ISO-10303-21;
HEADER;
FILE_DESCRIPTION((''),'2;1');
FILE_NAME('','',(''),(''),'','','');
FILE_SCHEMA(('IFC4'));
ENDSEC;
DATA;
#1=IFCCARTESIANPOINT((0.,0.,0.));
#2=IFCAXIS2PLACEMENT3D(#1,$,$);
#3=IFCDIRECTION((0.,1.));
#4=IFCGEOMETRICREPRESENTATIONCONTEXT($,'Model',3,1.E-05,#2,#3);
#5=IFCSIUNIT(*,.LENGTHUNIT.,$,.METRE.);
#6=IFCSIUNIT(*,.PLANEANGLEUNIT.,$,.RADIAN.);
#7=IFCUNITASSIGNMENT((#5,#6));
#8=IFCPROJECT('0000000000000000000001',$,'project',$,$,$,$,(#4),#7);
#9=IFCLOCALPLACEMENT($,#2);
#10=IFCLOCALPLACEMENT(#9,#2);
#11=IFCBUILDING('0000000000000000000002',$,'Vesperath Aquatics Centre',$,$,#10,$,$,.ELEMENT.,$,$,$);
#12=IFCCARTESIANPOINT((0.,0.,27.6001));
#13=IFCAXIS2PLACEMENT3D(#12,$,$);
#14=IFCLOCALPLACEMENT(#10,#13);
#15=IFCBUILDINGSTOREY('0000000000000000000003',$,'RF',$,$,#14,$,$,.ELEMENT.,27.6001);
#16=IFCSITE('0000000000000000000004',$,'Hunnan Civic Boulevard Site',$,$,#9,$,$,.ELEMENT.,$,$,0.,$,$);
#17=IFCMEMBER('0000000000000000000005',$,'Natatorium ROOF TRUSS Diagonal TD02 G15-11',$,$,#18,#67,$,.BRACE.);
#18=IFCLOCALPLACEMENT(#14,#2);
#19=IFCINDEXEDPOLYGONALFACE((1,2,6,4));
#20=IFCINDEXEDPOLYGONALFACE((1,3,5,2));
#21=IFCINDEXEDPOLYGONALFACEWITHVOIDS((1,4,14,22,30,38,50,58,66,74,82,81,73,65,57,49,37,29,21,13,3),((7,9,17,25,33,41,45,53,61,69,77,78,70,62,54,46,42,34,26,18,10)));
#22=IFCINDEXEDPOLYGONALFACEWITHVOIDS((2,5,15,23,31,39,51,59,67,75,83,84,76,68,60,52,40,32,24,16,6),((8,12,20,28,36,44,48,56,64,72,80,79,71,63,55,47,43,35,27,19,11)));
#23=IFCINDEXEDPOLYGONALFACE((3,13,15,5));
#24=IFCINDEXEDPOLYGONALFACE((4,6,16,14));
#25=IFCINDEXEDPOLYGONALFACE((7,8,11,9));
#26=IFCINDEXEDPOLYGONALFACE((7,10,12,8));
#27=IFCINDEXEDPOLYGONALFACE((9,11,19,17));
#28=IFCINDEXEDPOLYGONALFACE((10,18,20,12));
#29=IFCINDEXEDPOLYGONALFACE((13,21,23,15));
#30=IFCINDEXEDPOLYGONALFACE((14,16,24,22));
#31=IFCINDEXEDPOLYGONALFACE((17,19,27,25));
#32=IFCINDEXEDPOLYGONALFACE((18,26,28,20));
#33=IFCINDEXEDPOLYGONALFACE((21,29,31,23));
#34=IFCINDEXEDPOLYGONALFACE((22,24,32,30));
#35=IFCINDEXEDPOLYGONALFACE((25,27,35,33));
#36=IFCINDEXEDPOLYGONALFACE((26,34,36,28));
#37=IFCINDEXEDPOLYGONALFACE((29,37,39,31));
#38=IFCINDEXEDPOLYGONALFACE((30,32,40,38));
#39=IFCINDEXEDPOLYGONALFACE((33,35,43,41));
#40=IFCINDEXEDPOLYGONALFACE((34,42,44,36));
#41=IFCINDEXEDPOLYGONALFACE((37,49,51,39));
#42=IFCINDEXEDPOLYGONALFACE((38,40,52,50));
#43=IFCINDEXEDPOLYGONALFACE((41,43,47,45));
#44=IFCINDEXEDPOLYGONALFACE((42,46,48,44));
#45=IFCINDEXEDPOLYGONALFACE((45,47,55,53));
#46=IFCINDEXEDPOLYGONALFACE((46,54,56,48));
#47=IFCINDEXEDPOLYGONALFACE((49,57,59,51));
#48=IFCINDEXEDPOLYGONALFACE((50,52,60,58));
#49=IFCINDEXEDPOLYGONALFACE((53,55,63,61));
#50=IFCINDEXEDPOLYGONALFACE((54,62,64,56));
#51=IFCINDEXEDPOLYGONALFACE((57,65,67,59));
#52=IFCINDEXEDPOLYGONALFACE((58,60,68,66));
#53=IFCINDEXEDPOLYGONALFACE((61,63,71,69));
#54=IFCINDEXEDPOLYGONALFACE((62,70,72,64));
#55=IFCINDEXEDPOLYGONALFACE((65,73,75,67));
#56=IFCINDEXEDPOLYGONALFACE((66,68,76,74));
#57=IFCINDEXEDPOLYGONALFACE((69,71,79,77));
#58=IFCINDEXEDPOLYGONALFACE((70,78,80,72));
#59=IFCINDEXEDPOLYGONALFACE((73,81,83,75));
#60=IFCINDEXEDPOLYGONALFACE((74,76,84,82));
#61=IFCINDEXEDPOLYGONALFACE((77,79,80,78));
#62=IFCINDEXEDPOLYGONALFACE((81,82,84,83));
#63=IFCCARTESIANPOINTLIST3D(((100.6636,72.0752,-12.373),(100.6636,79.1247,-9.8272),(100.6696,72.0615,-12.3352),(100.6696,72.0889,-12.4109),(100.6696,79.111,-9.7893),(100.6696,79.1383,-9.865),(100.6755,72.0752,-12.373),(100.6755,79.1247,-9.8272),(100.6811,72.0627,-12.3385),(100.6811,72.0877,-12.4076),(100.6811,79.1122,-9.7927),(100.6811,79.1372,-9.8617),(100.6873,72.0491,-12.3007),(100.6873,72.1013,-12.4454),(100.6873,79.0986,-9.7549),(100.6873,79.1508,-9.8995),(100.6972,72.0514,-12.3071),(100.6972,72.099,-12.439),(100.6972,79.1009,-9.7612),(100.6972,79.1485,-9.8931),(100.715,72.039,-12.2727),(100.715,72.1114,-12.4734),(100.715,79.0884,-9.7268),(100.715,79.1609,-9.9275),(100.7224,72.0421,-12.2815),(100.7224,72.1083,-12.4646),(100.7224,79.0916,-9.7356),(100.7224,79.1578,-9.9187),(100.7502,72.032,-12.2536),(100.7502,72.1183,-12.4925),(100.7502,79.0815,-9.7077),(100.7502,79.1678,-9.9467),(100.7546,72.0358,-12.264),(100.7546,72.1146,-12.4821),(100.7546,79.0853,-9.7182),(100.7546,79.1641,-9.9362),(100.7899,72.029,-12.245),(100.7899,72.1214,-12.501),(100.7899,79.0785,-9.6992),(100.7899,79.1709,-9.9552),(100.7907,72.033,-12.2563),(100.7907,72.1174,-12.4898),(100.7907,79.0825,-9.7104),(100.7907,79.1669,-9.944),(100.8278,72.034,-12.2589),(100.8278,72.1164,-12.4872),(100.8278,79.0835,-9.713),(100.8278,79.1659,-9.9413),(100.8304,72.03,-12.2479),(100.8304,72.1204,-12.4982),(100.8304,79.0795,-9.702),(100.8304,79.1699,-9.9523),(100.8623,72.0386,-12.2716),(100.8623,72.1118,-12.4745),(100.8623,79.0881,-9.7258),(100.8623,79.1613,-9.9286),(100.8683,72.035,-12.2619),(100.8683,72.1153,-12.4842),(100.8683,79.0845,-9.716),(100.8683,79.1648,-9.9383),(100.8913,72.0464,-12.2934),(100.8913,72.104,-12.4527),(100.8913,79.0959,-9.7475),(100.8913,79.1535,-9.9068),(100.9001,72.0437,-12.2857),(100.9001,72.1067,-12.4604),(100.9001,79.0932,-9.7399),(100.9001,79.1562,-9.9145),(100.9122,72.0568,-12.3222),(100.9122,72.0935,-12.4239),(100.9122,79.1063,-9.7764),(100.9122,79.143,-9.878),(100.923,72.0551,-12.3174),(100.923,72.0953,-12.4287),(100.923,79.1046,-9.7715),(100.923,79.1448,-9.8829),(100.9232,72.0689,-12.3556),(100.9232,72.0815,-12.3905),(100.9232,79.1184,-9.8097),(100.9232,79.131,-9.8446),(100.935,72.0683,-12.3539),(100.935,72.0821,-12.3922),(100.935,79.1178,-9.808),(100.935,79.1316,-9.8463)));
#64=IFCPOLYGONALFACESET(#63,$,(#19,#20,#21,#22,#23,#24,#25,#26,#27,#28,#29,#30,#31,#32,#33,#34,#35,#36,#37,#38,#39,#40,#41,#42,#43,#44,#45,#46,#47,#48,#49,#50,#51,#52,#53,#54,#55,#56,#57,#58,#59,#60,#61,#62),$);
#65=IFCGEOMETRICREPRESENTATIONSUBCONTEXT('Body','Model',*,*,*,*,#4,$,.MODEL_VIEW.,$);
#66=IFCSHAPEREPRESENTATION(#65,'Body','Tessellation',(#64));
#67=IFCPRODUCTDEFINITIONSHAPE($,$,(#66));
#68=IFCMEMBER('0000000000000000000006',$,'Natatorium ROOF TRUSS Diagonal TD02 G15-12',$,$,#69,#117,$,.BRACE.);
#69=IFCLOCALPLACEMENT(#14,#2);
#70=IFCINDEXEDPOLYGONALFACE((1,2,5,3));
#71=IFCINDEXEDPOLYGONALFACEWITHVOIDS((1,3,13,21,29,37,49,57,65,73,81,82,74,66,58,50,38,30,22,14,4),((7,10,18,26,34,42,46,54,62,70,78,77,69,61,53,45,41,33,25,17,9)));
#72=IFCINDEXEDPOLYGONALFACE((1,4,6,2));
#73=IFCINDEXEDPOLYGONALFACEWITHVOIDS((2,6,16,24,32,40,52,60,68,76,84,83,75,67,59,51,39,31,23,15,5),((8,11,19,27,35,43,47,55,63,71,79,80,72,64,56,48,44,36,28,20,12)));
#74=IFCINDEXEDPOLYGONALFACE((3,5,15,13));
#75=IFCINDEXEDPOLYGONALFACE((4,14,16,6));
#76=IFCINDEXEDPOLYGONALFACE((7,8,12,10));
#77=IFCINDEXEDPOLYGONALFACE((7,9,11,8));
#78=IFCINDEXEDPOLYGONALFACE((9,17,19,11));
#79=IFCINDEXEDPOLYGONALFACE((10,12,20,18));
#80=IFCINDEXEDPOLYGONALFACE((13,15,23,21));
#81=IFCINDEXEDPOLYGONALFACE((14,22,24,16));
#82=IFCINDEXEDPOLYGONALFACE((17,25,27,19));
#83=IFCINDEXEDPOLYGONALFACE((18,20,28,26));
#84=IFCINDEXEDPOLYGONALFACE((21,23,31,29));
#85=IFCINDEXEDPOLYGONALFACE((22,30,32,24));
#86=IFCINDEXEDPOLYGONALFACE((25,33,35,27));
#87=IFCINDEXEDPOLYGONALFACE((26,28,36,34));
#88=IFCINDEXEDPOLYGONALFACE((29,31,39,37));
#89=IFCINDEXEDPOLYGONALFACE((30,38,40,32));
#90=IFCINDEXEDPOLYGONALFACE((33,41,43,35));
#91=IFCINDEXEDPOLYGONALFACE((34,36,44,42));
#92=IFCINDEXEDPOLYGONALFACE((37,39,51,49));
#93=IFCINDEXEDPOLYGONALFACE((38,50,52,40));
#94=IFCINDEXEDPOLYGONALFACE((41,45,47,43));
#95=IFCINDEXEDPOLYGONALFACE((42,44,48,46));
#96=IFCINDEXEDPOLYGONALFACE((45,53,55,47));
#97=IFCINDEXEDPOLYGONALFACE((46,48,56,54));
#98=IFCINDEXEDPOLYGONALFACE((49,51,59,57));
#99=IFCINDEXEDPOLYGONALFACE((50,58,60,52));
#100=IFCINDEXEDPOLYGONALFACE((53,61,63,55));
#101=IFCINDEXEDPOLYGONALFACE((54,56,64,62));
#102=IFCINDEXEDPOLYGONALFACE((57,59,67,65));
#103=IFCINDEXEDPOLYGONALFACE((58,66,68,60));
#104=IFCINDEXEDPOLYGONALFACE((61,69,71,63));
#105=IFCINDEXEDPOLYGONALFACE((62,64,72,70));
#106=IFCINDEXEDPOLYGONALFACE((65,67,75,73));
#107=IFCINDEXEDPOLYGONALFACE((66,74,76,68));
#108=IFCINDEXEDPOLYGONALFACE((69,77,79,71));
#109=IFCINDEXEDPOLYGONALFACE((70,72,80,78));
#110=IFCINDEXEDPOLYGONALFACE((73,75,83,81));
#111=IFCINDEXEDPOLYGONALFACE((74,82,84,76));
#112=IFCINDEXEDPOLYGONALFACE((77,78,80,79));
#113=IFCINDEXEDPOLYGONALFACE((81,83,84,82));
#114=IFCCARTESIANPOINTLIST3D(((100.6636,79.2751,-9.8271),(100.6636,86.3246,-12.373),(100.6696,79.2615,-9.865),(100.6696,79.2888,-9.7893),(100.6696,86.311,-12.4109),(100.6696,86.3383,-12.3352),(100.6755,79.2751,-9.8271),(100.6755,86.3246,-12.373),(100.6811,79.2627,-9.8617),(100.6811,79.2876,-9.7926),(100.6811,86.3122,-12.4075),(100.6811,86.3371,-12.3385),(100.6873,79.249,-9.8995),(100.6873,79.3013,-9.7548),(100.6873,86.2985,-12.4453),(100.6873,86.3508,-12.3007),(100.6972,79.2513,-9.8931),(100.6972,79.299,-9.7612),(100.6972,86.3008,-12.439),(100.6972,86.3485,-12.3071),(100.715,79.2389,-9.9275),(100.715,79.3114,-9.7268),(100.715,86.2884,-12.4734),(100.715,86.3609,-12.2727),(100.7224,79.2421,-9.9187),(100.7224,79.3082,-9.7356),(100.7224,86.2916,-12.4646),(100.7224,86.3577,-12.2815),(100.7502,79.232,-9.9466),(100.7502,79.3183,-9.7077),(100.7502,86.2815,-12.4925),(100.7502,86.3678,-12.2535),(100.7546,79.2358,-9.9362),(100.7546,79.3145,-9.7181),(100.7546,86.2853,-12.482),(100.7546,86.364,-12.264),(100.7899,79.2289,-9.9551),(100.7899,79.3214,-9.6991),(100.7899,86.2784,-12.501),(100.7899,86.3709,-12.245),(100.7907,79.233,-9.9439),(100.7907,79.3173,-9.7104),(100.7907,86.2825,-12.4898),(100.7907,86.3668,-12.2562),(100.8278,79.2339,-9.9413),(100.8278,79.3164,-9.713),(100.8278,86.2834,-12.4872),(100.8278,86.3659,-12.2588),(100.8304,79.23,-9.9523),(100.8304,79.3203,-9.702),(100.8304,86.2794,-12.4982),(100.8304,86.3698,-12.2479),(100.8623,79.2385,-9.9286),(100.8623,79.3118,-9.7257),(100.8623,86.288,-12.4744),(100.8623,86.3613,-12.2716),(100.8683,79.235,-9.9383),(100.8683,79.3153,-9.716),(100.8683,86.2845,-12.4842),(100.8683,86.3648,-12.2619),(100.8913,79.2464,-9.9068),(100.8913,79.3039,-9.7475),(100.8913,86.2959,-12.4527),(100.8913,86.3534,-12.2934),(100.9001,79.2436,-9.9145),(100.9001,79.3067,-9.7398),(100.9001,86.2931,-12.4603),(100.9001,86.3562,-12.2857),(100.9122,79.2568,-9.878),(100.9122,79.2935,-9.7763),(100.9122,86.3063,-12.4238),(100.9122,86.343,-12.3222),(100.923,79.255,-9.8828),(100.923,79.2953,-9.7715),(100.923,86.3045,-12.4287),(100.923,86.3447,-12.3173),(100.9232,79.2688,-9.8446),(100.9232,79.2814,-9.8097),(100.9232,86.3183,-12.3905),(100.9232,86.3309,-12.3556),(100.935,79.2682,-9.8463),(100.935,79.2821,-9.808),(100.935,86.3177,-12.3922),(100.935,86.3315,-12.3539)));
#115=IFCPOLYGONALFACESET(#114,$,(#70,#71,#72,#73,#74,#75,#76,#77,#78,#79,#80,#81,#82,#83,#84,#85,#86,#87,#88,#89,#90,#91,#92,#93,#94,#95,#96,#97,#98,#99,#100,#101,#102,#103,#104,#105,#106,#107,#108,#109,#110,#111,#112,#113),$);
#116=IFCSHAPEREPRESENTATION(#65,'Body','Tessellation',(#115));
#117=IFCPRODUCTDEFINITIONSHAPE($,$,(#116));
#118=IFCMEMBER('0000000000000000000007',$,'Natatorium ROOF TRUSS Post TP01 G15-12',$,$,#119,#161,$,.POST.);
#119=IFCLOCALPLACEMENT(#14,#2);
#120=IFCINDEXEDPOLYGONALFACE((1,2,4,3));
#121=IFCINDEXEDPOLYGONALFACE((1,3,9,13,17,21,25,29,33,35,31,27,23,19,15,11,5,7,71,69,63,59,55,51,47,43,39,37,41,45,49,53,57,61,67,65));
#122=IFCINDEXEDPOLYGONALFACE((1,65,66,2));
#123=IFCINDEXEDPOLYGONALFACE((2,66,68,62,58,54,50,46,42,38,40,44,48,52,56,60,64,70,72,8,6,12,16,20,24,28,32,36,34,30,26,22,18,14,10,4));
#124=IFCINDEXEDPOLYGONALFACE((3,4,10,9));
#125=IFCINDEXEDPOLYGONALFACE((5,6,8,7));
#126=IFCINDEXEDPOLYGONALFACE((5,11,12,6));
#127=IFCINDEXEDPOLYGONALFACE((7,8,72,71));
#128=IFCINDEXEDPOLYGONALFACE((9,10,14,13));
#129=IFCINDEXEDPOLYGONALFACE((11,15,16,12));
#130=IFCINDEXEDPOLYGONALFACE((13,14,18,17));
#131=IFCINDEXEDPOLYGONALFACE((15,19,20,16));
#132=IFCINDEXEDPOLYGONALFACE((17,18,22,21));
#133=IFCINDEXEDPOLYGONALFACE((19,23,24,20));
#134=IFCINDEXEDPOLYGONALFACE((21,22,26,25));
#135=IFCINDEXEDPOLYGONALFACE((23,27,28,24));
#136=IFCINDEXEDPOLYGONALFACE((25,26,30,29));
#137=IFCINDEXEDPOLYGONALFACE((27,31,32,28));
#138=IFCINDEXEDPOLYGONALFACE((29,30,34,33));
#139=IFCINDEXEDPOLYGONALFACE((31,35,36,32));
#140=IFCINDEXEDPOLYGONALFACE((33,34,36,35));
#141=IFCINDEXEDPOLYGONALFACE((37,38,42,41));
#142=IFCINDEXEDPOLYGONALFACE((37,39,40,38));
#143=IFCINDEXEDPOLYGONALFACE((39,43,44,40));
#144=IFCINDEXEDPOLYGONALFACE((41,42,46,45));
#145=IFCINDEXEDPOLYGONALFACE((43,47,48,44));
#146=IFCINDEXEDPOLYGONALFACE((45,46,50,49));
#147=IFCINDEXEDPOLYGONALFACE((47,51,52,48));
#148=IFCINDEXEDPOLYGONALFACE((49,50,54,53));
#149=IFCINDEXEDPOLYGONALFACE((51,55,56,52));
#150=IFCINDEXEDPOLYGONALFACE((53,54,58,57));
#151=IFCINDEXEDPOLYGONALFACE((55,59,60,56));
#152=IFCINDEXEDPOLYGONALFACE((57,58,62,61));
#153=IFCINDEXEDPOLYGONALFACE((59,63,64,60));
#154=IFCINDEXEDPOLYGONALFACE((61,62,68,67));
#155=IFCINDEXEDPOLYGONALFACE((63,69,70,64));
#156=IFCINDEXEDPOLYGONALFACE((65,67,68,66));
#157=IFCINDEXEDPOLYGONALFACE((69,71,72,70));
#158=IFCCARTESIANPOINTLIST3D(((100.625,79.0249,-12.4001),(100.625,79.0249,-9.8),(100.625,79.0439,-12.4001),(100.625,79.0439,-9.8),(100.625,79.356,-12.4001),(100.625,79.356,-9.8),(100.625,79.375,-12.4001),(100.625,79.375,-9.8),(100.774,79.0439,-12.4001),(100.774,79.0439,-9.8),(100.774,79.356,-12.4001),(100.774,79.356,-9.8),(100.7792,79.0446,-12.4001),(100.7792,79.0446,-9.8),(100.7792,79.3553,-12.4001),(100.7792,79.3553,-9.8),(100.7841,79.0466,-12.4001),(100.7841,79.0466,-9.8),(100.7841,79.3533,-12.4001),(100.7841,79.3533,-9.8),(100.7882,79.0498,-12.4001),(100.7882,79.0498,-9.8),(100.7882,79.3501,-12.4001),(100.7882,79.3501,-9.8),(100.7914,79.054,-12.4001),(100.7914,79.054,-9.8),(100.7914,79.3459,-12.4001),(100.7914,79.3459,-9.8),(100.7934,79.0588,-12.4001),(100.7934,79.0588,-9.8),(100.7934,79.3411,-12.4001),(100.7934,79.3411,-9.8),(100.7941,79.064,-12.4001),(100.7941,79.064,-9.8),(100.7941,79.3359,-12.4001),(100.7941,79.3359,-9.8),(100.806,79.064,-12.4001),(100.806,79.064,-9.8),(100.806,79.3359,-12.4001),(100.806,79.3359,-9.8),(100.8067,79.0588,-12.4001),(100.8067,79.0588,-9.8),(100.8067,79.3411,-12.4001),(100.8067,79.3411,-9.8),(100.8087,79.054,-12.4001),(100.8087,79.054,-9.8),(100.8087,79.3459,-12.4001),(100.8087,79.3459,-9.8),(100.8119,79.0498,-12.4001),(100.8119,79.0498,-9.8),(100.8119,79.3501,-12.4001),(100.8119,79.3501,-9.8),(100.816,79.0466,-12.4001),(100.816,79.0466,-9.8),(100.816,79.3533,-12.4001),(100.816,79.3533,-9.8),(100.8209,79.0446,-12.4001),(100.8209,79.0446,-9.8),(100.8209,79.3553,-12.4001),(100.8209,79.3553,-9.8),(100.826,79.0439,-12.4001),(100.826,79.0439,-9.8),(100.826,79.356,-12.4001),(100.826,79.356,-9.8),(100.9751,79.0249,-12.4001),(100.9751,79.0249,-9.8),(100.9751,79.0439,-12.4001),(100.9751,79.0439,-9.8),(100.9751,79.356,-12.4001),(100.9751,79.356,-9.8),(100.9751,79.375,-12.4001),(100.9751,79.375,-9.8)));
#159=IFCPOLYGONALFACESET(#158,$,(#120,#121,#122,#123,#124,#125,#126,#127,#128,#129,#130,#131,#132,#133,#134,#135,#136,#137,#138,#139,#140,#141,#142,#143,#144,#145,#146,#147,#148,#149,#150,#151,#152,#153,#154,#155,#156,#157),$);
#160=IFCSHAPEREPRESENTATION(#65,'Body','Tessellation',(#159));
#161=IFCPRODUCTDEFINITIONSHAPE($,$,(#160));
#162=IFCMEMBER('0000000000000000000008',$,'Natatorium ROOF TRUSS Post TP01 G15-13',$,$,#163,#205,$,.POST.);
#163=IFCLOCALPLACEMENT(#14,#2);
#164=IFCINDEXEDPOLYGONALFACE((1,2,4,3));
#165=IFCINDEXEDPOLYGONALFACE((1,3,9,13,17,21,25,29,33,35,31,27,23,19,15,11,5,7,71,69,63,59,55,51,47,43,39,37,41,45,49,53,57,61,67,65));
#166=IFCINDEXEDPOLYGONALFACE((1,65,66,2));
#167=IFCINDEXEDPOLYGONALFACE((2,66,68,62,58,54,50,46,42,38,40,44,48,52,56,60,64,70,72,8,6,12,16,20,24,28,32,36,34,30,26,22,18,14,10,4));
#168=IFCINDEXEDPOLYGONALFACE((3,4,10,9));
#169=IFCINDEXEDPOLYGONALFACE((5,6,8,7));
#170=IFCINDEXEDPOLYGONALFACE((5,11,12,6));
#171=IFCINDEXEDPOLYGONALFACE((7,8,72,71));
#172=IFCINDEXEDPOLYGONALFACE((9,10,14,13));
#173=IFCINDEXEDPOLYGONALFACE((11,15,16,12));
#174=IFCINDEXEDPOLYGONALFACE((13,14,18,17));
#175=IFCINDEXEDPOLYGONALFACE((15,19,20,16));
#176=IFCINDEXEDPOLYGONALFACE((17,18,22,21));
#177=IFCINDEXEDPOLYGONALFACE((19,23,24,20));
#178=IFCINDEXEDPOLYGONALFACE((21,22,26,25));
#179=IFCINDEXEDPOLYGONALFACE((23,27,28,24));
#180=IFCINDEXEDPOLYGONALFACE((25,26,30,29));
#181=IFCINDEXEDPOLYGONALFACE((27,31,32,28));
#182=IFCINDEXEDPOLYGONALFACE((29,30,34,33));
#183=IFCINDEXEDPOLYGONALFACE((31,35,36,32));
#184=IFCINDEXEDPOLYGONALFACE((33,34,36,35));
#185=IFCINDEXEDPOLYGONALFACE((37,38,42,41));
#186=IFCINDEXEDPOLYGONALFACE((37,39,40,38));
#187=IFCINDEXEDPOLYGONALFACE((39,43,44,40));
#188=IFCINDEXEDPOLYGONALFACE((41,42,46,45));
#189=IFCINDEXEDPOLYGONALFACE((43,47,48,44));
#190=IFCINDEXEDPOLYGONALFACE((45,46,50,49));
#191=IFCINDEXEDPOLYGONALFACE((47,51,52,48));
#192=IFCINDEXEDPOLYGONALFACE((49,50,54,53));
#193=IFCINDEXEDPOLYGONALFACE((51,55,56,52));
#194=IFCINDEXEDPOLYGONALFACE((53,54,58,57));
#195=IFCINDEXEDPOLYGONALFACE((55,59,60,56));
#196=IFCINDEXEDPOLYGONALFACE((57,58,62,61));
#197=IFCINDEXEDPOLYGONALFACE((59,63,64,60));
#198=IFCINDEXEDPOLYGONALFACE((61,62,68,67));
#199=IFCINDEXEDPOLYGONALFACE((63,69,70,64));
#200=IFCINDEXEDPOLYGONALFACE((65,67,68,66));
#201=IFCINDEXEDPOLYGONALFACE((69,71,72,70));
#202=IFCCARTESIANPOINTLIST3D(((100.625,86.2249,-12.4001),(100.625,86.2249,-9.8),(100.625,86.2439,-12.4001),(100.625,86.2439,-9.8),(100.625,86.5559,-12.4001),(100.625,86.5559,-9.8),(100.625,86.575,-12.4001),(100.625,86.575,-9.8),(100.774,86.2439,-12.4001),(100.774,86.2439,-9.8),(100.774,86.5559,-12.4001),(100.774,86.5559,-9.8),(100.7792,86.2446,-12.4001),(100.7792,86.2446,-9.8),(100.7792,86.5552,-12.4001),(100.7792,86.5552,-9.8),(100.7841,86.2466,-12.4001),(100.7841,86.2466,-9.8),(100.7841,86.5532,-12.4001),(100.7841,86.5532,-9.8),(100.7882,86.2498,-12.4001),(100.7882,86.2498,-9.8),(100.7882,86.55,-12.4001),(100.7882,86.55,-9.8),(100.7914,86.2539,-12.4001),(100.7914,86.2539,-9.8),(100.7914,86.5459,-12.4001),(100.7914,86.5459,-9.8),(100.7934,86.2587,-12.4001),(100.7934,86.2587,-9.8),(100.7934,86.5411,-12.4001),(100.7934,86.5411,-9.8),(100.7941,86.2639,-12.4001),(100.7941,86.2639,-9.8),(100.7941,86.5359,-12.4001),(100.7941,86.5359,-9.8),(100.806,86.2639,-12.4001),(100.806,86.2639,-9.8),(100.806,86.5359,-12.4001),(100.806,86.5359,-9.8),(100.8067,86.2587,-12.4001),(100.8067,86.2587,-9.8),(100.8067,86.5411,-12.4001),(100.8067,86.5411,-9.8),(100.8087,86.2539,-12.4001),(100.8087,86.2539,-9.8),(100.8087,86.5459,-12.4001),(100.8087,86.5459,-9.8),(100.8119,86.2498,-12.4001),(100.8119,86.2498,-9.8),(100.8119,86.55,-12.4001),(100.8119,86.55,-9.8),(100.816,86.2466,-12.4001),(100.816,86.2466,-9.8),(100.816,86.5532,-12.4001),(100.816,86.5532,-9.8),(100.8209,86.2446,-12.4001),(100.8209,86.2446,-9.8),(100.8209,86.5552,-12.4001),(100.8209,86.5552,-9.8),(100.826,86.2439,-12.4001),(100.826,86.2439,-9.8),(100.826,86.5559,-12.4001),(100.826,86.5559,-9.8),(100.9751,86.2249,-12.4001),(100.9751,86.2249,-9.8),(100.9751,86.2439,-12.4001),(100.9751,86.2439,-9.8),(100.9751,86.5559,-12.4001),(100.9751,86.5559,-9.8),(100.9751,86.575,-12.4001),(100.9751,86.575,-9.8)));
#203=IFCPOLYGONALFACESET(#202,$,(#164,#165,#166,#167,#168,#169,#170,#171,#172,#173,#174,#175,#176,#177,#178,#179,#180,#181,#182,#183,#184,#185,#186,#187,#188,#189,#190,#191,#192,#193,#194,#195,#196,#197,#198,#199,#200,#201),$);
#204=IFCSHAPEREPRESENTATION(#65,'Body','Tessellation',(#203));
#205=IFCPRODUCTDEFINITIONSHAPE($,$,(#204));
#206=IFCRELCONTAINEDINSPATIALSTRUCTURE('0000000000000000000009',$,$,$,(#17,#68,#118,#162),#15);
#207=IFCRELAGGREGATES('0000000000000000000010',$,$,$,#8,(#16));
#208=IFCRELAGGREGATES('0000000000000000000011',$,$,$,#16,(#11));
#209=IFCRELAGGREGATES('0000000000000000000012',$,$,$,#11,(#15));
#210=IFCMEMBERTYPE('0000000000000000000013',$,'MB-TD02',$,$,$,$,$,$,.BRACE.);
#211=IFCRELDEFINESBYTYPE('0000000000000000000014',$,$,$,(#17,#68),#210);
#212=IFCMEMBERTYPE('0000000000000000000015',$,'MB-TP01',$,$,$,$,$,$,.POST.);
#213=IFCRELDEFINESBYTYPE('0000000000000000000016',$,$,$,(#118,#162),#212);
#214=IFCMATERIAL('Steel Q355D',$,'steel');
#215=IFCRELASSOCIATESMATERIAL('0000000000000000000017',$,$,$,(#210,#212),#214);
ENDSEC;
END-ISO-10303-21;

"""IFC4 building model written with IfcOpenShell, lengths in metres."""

from ifc_helpers import new_model, si_unit, direction, frame, origin, origin_2d, place, context, subcontext, project, spatial, hollow_circle, i_section, extrude, material, material_profile, profile_set, type_object, element, save


model = new_model("IFC4")

# Units and contexts
model_context = context("Model", 3, precision=1e-05, world=origin(), true_north=direction((0.0, 1.0)))
body_context = subcontext(model_context, "Body", "Model", "MODEL_VIEW")
ifc_project = project(units=[si_unit("LENGTHUNIT", "METRE"), si_unit("PLANEANGLEUNIT", "RADIAN")], contexts=[model_context])

# Site, building, storey
site_placement = place(None, origin())
site = spatial("IfcSite", under=ifc_project, at=site_placement, Name="Hunnan Civic Boulevard Site", CompositionType="ELEMENT", RefElevation=0.0)
building_placement = place(site_placement, origin())
building = spatial("IfcBuilding", under=site, at=building_placement, Name="Vesperath Aquatics Centre", CompositionType="ELEMENT")
storey_placement = place(building_placement, frame((0.0, 0.0, 27.6001)))
storey = spatial("IfcBuildingStorey", under=building, at=storey_placement, Name="RF", CompositionType="ELEMENT", Elevation=27.6001)

# Shared definitions
ifc_material_1 = material(Name="Steel Q355D", Category="steel")

# Members
ifc_material_profile_1 = material_profile(ifc_material_1, hollow_circle(Radius=0.1365, WallThickness=0.012, at=origin_2d()), Name="CHS 273.0x12")
ifc_profile_set_1 = profile_set([ifc_material_profile_1], Name="Steel Q355D")
member_type_1 = type_object("IfcMemberType", Name="MB-TD02", PredefinedType="BRACE", material=ifc_profile_set_1)
for number, where, z_axis, x_axis, name in (
    (1, (100.8, 72.0752, -12.373), (0.0, 0.940544, 0.339671), (-1.0, 0.0, 0.0), "Natatorium ROOF TRUSS Diagonal TD02 G15-11"),
    (2, (100.8, 79.2751, -9.8271), (0.0, 0.940544, -0.339671), (-1.0, 0.0, 0.0), "Natatorium ROOF TRUSS Diagonal TD02 G15-12"),
):
    element("IfcMember", number, at=place(storey_placement, frame(where, z_axis=z_axis, x_axis=x_axis)), inside=storey, type_object=member_type_1, Name=name, PredefinedType="BRACE", context=body_context, shape_type="SweptSolid", body=[
        extrude(hollow_circle(Radius=0.1365, WallThickness=0.012, at=origin_2d()), origin(), (0.0, 0.0, 1.0), 7.4951),
    ])
ifc_material_profile_2 = material_profile(ifc_material_1, i_section(OverallWidth=0.3501, OverallDepth=0.3501, WebThickness=0.012, FlangeThickness=0.019, FilletRadius=0.02, at=origin_2d()), Name="HW 350x350x12x19")
ifc_profile_set_2 = profile_set([ifc_material_profile_2], Name="Steel Q355D")
member_type_2 = type_object("IfcMemberType", Name="MB-TP01", PredefinedType="POST", material=ifc_profile_set_2)
for number, where, z_axis, x_axis, name in (
    (3, (100.8, 79.2, -12.4001), (0.0, 0.0, 1.0), (1.0, 0.0, 0.0), "Natatorium ROOF TRUSS Post TP01 G15-12"),
    (4, (100.8, 86.3999, -12.4001), (0.0, 0.0, 1.0), (1.0, 0.0, 0.0), "Natatorium ROOF TRUSS Post TP01 G15-13"),
):
    element("IfcMember", number, at=place(storey_placement, frame(where, z_axis=z_axis, x_axis=x_axis)), inside=storey, type_object=member_type_2, Name=name, PredefinedType="POST", context=body_context, shape_type="SweptSolid", body=[
        extrude(i_section(OverallWidth=0.3501, OverallDepth=0.3501, WebThickness=0.012, FlangeThickness=0.019, FilletRadius=0.02, at=origin_2d()), origin(), (0.0, 0.0, 1.0), 2.6001),
    ])

save(model, "model.ifc")
